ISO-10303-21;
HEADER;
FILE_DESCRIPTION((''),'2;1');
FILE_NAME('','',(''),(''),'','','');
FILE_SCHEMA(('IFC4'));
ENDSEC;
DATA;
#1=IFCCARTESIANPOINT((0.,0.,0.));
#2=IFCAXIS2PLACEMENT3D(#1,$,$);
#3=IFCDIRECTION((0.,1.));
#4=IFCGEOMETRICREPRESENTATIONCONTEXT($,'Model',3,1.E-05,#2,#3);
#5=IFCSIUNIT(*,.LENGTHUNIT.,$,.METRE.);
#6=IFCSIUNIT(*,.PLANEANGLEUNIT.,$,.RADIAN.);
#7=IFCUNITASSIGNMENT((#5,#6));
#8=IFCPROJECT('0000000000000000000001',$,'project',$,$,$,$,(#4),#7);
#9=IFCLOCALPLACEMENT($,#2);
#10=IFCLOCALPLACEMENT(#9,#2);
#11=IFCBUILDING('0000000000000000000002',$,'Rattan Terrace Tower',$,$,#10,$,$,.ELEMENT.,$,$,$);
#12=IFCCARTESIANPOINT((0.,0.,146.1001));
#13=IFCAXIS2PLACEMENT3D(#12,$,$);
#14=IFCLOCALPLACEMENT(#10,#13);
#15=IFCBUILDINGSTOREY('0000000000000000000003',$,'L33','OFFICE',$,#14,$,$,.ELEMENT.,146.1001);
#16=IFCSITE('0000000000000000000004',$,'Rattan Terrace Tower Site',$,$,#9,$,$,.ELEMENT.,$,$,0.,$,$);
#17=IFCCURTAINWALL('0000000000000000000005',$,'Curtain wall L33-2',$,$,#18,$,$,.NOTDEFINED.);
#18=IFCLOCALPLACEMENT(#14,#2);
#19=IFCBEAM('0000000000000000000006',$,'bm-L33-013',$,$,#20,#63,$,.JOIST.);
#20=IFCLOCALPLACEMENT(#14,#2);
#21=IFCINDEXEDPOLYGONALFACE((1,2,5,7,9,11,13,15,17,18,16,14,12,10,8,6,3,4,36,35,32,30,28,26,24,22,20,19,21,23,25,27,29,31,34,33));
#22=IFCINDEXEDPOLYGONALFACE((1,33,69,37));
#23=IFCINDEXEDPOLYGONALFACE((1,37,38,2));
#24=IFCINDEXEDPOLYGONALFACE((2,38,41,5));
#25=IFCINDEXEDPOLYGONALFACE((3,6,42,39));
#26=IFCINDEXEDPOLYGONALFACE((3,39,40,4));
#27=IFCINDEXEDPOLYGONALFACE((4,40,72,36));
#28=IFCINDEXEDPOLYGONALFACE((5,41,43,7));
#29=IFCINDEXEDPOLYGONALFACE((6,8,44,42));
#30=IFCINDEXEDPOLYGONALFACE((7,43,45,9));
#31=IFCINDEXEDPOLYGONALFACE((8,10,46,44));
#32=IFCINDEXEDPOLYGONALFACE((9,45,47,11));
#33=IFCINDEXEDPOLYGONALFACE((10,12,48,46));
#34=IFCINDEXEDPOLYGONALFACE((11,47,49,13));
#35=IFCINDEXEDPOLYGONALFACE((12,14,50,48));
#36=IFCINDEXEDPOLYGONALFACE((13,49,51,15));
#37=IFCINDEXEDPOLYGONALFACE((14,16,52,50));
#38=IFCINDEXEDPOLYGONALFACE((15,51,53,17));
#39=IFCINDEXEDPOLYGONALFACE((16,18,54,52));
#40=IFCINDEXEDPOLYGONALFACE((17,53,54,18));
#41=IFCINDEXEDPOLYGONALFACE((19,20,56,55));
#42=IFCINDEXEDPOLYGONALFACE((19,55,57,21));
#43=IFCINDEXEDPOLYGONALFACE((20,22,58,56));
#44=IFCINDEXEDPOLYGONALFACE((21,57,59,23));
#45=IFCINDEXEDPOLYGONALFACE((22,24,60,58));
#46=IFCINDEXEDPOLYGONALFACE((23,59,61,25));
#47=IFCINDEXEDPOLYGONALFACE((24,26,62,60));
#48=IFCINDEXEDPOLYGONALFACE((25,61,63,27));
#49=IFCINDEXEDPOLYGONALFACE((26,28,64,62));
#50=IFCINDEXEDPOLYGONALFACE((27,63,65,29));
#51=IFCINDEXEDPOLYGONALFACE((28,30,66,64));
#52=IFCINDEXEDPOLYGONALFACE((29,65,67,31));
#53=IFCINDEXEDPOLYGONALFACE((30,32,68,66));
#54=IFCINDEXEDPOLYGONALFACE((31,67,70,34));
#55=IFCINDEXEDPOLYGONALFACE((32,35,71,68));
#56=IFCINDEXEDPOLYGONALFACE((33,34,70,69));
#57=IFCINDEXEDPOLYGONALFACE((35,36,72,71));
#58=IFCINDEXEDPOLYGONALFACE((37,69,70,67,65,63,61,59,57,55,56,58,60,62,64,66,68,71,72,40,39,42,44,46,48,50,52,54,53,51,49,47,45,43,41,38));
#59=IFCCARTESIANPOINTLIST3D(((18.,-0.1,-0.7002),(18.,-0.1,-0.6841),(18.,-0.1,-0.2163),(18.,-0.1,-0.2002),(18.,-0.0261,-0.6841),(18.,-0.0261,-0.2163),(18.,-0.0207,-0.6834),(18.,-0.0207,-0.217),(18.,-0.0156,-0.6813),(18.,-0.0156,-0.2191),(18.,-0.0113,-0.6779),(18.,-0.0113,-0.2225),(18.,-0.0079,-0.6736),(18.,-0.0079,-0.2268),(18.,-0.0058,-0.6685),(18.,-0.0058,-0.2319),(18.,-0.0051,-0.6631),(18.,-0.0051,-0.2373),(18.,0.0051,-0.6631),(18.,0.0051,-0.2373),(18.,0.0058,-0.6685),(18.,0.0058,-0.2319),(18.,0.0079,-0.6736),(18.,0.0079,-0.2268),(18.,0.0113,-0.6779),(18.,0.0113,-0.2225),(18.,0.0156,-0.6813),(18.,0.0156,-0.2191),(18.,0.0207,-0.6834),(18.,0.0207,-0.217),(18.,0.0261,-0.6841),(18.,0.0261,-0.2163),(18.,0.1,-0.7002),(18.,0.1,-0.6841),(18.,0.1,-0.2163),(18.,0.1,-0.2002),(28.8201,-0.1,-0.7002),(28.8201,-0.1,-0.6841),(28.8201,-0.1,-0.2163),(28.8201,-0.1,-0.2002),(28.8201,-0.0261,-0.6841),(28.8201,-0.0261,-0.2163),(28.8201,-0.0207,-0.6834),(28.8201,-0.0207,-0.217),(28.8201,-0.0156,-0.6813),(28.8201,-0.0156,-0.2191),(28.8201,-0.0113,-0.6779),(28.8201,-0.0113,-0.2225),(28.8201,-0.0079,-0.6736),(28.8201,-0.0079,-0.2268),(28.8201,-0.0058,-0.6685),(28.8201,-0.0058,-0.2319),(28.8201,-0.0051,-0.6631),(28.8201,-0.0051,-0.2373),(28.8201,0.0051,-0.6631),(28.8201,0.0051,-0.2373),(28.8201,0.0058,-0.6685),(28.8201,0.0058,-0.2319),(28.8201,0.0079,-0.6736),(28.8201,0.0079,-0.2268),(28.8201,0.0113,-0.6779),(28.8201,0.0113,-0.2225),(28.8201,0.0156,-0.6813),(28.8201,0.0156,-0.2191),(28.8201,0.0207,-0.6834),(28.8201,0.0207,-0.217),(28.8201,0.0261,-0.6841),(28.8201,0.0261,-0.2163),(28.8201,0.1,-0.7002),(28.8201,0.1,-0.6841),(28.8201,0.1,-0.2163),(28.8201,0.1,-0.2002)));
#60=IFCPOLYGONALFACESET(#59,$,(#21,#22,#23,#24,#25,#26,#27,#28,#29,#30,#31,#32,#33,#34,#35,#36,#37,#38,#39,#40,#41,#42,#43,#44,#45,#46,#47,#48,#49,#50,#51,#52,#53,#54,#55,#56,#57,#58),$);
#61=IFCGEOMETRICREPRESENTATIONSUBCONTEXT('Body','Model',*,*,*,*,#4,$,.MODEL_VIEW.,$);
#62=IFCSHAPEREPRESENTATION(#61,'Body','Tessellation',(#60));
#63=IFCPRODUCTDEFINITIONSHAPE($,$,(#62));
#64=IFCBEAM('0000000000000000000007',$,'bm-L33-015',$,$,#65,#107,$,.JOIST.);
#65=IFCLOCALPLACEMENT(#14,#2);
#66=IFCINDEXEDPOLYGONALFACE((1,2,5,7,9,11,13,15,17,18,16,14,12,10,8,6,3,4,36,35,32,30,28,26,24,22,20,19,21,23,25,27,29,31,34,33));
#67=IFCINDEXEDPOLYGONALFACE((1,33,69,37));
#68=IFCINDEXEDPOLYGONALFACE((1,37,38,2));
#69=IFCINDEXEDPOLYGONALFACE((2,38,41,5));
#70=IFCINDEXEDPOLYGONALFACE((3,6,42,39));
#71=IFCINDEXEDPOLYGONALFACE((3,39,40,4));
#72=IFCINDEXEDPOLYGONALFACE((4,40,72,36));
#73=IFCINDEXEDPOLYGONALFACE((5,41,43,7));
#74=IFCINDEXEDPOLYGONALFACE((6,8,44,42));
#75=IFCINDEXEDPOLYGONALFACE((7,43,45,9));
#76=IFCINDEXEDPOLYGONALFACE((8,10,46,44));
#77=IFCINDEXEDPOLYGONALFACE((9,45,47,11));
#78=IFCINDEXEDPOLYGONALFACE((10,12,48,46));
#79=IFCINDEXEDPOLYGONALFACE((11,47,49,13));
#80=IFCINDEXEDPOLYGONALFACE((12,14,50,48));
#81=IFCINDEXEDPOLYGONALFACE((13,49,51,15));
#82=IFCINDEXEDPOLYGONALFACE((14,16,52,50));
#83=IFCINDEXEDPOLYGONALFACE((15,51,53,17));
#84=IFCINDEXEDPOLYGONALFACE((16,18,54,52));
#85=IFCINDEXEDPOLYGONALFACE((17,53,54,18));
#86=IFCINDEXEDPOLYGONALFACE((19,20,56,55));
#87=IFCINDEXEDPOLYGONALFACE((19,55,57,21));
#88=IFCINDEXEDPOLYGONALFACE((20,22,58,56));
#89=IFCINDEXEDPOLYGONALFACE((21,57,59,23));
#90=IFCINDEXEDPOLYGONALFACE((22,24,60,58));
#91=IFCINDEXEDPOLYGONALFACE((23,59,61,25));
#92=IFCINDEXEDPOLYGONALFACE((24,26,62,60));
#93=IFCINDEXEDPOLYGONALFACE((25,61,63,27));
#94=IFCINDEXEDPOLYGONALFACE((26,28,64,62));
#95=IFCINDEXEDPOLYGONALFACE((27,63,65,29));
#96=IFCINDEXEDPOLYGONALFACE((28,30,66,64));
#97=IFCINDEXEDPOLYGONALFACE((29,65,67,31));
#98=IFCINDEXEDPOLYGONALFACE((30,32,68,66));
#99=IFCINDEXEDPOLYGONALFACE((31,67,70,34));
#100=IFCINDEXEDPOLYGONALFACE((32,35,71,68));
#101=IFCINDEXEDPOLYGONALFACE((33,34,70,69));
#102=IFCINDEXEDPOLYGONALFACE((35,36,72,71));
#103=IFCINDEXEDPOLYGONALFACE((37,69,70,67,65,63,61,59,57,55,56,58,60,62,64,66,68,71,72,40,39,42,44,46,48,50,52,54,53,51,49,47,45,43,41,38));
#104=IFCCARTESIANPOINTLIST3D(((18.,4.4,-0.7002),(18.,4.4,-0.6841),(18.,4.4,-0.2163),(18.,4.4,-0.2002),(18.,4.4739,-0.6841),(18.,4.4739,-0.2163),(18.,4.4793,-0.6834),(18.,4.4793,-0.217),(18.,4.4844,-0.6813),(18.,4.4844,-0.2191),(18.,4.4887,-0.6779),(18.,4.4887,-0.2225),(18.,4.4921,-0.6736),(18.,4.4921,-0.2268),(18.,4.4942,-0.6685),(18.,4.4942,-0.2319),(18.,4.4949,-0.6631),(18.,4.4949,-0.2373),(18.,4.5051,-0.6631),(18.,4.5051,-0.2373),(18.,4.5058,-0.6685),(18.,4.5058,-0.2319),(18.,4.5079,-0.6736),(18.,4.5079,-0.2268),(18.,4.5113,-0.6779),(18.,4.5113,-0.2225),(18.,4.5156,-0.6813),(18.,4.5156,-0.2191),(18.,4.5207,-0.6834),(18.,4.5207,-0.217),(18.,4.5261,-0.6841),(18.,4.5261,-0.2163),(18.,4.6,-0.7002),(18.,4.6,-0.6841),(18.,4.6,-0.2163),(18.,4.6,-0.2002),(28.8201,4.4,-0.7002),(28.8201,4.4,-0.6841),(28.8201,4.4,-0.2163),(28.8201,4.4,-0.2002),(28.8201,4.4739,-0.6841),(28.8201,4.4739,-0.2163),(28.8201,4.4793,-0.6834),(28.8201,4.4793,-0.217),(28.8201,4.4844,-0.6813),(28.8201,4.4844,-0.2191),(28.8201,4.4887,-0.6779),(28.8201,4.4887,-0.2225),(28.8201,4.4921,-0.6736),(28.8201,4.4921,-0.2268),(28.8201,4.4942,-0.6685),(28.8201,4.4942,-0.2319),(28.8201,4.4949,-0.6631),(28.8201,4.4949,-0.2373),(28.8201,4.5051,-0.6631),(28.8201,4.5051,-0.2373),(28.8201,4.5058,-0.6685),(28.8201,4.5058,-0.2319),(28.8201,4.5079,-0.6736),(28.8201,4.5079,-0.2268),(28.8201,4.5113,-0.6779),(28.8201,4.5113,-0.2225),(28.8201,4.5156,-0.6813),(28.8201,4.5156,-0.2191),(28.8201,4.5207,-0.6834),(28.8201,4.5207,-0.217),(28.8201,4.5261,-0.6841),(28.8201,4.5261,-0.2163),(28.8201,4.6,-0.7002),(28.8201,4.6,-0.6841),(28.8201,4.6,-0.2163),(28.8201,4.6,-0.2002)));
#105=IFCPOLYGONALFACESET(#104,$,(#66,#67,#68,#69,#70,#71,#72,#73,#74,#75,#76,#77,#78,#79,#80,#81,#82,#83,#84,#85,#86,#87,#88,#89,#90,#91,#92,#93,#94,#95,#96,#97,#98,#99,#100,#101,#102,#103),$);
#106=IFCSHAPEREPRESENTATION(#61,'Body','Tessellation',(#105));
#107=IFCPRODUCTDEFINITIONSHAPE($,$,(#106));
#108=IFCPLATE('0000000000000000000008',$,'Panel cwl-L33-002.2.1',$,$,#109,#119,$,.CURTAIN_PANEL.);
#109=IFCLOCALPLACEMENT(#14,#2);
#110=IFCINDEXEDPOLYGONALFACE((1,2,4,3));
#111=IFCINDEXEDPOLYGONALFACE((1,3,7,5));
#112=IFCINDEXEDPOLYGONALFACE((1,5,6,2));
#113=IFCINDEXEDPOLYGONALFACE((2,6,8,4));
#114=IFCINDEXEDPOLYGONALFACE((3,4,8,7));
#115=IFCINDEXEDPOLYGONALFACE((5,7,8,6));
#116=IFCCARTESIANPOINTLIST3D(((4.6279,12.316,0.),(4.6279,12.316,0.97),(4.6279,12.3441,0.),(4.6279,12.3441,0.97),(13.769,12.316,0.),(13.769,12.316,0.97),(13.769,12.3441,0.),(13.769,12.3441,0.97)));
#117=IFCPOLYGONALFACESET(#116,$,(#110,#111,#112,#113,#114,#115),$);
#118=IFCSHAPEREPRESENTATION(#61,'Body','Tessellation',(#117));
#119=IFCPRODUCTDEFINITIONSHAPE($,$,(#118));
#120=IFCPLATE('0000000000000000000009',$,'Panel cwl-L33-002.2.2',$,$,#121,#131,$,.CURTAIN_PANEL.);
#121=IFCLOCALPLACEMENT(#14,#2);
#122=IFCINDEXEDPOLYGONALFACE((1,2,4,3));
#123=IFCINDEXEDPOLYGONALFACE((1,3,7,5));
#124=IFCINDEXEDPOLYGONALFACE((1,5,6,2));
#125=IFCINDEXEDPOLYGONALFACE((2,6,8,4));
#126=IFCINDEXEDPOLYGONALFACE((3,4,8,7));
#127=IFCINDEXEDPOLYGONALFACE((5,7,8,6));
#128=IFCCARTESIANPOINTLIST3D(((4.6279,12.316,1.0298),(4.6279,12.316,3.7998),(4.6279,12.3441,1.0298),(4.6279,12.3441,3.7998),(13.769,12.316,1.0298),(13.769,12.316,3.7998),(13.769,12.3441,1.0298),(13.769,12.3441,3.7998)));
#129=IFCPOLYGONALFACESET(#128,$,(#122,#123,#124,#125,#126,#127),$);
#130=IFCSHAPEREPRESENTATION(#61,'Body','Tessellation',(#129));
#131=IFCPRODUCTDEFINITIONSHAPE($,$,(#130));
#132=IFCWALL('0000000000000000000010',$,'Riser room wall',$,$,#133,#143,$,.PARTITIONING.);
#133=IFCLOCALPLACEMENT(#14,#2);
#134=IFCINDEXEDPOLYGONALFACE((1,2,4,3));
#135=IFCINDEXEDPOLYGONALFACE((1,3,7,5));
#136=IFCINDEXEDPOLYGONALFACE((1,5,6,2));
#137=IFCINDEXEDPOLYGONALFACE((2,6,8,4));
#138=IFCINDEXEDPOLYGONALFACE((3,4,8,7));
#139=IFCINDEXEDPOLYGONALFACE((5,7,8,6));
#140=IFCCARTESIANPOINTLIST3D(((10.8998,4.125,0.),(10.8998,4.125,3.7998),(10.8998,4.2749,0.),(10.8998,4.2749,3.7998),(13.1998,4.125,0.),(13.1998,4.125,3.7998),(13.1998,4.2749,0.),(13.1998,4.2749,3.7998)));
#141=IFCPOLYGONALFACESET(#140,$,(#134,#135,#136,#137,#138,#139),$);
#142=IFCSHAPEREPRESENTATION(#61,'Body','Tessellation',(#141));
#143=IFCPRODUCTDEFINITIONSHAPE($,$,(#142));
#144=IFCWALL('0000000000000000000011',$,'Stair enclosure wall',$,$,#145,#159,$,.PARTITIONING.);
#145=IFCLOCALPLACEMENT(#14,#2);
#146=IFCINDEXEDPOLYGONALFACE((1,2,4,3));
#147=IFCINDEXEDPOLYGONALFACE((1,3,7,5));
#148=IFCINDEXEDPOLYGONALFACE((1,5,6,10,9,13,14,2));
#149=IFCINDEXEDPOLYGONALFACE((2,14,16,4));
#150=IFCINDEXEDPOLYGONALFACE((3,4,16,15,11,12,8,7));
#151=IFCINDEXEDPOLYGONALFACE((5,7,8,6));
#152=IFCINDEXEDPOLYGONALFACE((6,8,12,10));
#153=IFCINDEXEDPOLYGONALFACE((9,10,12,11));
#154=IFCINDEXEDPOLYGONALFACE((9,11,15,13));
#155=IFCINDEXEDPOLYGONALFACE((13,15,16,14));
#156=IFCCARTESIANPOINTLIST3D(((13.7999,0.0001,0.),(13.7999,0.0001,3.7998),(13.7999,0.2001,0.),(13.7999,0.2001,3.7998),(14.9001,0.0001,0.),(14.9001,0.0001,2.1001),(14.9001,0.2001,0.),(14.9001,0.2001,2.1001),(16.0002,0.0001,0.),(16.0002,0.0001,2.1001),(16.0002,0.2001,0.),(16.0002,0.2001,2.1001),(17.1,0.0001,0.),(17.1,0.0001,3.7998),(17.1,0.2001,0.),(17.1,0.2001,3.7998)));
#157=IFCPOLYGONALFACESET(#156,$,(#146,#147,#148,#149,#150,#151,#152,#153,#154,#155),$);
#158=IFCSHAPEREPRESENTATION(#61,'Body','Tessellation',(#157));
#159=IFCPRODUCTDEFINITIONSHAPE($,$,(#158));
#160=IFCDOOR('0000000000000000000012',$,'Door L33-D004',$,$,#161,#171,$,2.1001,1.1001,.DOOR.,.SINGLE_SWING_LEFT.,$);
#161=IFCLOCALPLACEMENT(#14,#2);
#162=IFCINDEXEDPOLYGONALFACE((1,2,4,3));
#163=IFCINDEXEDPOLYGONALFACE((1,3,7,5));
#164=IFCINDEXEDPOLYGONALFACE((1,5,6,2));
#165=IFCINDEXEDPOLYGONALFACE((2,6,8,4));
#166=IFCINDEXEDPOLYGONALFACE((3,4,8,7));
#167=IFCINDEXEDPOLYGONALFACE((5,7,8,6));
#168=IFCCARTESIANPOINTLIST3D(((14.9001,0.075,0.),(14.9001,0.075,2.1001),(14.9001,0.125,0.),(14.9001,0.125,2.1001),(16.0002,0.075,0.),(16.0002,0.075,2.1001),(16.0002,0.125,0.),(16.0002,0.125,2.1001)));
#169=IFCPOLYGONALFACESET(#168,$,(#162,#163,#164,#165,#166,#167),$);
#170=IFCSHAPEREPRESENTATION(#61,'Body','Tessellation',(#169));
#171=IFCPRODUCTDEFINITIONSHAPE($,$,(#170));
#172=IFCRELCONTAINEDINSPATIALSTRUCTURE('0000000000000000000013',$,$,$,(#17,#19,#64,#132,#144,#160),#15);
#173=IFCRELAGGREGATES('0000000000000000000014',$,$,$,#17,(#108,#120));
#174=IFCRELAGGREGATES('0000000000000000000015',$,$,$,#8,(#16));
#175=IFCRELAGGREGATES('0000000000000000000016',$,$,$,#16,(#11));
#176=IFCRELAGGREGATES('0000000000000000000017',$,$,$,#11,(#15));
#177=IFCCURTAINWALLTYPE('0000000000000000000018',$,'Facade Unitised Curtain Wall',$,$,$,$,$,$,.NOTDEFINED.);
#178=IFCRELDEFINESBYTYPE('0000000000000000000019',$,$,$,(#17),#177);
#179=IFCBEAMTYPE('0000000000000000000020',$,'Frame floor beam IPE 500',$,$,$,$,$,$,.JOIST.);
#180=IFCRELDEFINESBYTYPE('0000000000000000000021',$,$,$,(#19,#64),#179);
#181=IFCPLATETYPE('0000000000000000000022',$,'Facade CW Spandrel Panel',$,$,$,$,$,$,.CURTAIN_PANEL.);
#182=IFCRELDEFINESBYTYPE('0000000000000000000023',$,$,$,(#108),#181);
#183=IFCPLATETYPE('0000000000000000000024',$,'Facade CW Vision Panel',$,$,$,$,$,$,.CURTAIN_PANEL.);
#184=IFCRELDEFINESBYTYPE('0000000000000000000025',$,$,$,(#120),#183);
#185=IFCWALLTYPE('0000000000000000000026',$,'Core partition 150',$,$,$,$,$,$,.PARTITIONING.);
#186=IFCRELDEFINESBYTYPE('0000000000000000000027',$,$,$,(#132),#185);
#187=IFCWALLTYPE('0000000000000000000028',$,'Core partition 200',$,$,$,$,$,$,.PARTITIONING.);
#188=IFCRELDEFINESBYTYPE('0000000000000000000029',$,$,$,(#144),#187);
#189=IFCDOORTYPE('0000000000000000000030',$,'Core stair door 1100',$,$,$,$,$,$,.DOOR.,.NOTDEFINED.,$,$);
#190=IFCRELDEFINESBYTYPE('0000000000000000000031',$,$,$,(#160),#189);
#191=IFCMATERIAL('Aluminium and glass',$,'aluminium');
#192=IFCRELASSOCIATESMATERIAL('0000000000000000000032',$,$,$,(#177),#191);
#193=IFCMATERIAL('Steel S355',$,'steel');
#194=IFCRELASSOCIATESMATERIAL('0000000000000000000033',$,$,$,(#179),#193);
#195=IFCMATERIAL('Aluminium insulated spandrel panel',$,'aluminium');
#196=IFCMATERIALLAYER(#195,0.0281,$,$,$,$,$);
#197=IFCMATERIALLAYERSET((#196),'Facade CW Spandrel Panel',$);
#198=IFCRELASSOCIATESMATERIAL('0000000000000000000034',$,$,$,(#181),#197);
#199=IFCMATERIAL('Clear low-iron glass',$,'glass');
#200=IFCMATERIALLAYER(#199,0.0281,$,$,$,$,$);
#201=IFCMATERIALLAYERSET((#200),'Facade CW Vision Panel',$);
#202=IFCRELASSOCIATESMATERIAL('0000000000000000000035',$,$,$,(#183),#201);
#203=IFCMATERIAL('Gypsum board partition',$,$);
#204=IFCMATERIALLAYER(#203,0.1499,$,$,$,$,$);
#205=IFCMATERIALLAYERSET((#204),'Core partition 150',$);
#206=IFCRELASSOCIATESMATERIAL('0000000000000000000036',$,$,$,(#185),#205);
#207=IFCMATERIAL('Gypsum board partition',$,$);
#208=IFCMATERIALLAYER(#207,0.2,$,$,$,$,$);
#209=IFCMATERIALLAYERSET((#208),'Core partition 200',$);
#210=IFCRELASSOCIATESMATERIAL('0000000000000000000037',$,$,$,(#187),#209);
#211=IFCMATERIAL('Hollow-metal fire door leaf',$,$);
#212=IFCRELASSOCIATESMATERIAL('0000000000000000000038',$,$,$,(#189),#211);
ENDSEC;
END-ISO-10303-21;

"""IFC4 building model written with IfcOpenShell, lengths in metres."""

from ifc_helpers import new_model, si_unit, direction, frame, frame_2d, origin, origin_2d, place, context, subcontext, project, spatial, rectangle, i_section, extrude, material, layer, layer_set, material_profile, profile_set, type_object, element, fill, aggregate, save


model = new_model("IFC4")

# Units and contexts
model_context = context("Model", 3, precision=1e-05, world=origin(), true_north=direction((0.0, 1.0)))
body_context = subcontext(model_context, "Body", "Model", "MODEL_VIEW")
ifc_project = project(units=[si_unit("LENGTHUNIT", "METRE"), si_unit("PLANEANGLEUNIT", "RADIAN")], contexts=[model_context])

# Site, building, storey
site_placement = place(None, origin())
site = spatial("IfcSite", under=ifc_project, at=site_placement, Name="Rattan Terrace Tower Site", CompositionType="ELEMENT", RefElevation=0.0)
building_placement = place(site_placement, origin())
building = spatial("IfcBuilding", under=site, at=building_placement, Name="Rattan Terrace Tower", CompositionType="ELEMENT")
storey_placement = place(building_placement, frame((0.0, 0.0, 146.1001)))
storey = spatial("IfcBuildingStorey", under=building, at=storey_placement, Name="L33", Description="OFFICE", CompositionType="ELEMENT", Elevation=146.1001)

# Curtain wall
ifc_material_1 = material(Name="Aluminium and glass", Category="aluminium")
curtain_wall_type = type_object("IfcCurtainWallType", Name="Facade Unitised Curtain Wall", PredefinedType="NOTDEFINED", material=ifc_material_1)
curtain_wall_placement = place(storey_placement, origin())
curtain_wall = element("IfcCurtainWall", 1, at=curtain_wall_placement, inside=storey, type_object=curtain_wall_type, Name="Curtain wall L33-2", PredefinedType="NOTDEFINED")

# Beams
ifc_material_2 = material(Name="Steel S355", Category="steel")
ifc_material_profile_1 = material_profile(ifc_material_2, i_section(OverallWidth=0.2, OverallDepth=0.5, WebThickness=0.0103, FlangeThickness=0.0161, FilletRadius=0.021, at=origin_2d()), Name="IPE 500")
ifc_profile_set_1 = profile_set([ifc_material_profile_1], Name="Steel S355")
beam_type_1 = type_object("IfcBeamType", Name="Frame floor beam IPE 500", PredefinedType="JOIST", material=ifc_profile_set_1)
for number, where, z_axis, x_axis, name in (
    (2, (18.0, 0.0, -0.4502), (1.0, 0.0, 0.0), (0.0, 1.0, 0.0), "bm-L33-013"),
    (3, (18.0, 4.5, -0.4502), (1.0, 0.0, 0.0), (0.0, 1.0, 0.0), "bm-L33-015"),
):
    element("IfcBeam", number, at=place(storey_placement, frame(where, z_axis=z_axis, x_axis=x_axis)), inside=storey, type_object=beam_type_1, Name=name, PredefinedType="JOIST", context=body_context, shape_type="SweptSolid", body=[
        extrude(i_section(OverallWidth=0.2, OverallDepth=0.5, WebThickness=0.0103, FlangeThickness=0.0161, FilletRadius=0.021, at=origin_2d()), origin(), (0.0, 0.0, 1.0), 10.8201),
    ])

# Plates
ifc_material_3 = material(Name="Aluminium insulated spandrel panel", Category="aluminium")
ifc_layer_1 = layer(ifc_material_3, 0.0281)
ifc_layer_set_1 = layer_set([ifc_layer_1], Name="Facade CW Spandrel Panel")
plate_type_1 = type_object("IfcPlateType", Name="Facade CW Spandrel Panel", PredefinedType="CURTAIN_PANEL", material=ifc_layer_set_1)
plate_1_placement = place(storey_placement, frame((9.1985, 12.3301, 0.0), z_axis=(0.0, 0.0, 1.0), x_axis=(-1.0, 0.0, 0.0)))
plate_1 = element("IfcPlate", 4, at=plate_1_placement, type_object=plate_type_1, Name="Panel cwl-L33-002.2.1", PredefinedType="CURTAIN_PANEL", context=body_context, shape_type="SweptSolid", body=[
    extrude(rectangle(XDim=9.1411, YDim=0.0281, at=origin_2d()), origin(), (0.0, 0.0, 1.0), 0.97),
])
ifc_material_4 = material(Name="Clear low-iron glass", Category="glass")
ifc_layer_2 = layer(ifc_material_4, 0.0281)
ifc_layer_set_2 = layer_set([ifc_layer_2], Name="Facade CW Vision Panel")
plate_type_2 = type_object("IfcPlateType", Name="Facade CW Vision Panel", PredefinedType="CURTAIN_PANEL", material=ifc_layer_set_2)
plate_2_placement = place(storey_placement, frame((9.1985, 12.3301, 1.0298), z_axis=(0.0, 0.0, 1.0), x_axis=(-1.0, 0.0, 0.0)))
plate_2 = element("IfcPlate", 5, at=plate_2_placement, type_object=plate_type_2, Name="Panel cwl-L33-002.2.2", PredefinedType="CURTAIN_PANEL", context=body_context, shape_type="SweptSolid", body=[
    extrude(rectangle(XDim=9.1411, YDim=0.0281, at=origin_2d()), origin(), (0.0, 0.0, 1.0), 2.77),
])
aggregate(curtain_wall, [plate_1, plate_2])

# Wall
ifc_material_5 = material(Name="Gypsum board partition")
ifc_layer_3 = layer(ifc_material_5, 0.1499)
ifc_layer_set_3 = layer_set([ifc_layer_3], Name="Core partition 150")
wall_type_1 = type_object("IfcWallType", Name="Core partition 150", PredefinedType="PARTITIONING", material=ifc_layer_set_3)
wall_1_placement = place(storey_placement, frame((10.8999, 4.2, 0.0), z_axis=(0.0, 0.0, 1.0), x_axis=(1.0, 0.0, 0.0)))
element("IfcWall", 6, at=wall_1_placement, inside=storey, type_object=wall_type_1, Name="Riser room wall", PredefinedType="PARTITIONING", context=body_context, shape_type="SweptSolid", body=[
    extrude(rectangle(XDim=2.3, YDim=0.1499, at=frame_2d((1.1499, 0.0))), origin(), (0.0, 0.0, 1.0), 3.7998),
])

# Wall, opening, door
ifc_material_6 = material(Name="Gypsum board partition")
ifc_layer_4 = layer(ifc_material_6, 0.2)
ifc_layer_set_4 = layer_set([ifc_layer_4], Name="Core partition 200")
wall_type_2 = type_object("IfcWallType", Name="Core partition 200", PredefinedType="PARTITIONING", material=ifc_layer_set_4)
wall_2_placement = place(storey_placement, frame((13.8, 0.1001, 0.0), z_axis=(0.0, 0.0, 1.0), x_axis=(1.0, 0.0, 0.0)))
wall_2 = element("IfcWall", 7, at=wall_2_placement, inside=storey, type_object=wall_type_2, Name="Stair enclosure wall", PredefinedType="PARTITIONING", context=body_context, shape_type="SweptSolid", body=[
    extrude(rectangle(XDim=3.3, YDim=0.2, at=frame_2d((1.6499, 0.0))), origin(), (0.0, 0.0, 1.0), 3.7998),
])
opening_1_placement = place(wall_2_placement, frame((1.1001, 0.0, 0.0)))
opening_1 = element("IfcOpeningElement", 8, at=opening_1_placement, cuts=wall_2, PredefinedType="OPENING", context=body_context, shape_type="SweptSolid", body=[
    extrude(rectangle(XDim=1.1001, YDim=2.1001, at=frame_2d((0.55, 1.05))), frame((0.0, 0.1106, 0.0), z_axis=(0.0, -1.0, 0.0), x_axis=(1.0, 0.0, 0.0)), (0.0, 0.0, 1.0), 0.2209),
])
ifc_material_7 = material(Name="Hollow-metal fire door leaf")
door_type_1 = type_object("IfcDoorType", Name="Core stair door 1100", OperationType="NOTDEFINED", PredefinedType="DOOR", material=ifc_material_7)
door_1_placement = place(opening_1_placement, origin())
door_1 = element("IfcDoor", 9, at=door_1_placement, inside=storey, type_object=door_type_1, Name="Door L33-D004", OperationType="SINGLE_SWING_LEFT", OverallHeight=2.1001, OverallWidth=1.1001, PredefinedType="DOOR", context=body_context, shape_type="SweptSolid", body=[
    extrude(rectangle(XDim=1.1001, YDim=2.1001, at=frame_2d((0.55, 1.05))), frame((0.0, 0.0249, 0.0), z_axis=(0.0, -1.0, 0.0), x_axis=(1.0, 0.0, 0.0)), (0.0, 0.0, 1.0), 0.05),
])
fill(opening_1, door_1)

save(model, "model.ifc")
